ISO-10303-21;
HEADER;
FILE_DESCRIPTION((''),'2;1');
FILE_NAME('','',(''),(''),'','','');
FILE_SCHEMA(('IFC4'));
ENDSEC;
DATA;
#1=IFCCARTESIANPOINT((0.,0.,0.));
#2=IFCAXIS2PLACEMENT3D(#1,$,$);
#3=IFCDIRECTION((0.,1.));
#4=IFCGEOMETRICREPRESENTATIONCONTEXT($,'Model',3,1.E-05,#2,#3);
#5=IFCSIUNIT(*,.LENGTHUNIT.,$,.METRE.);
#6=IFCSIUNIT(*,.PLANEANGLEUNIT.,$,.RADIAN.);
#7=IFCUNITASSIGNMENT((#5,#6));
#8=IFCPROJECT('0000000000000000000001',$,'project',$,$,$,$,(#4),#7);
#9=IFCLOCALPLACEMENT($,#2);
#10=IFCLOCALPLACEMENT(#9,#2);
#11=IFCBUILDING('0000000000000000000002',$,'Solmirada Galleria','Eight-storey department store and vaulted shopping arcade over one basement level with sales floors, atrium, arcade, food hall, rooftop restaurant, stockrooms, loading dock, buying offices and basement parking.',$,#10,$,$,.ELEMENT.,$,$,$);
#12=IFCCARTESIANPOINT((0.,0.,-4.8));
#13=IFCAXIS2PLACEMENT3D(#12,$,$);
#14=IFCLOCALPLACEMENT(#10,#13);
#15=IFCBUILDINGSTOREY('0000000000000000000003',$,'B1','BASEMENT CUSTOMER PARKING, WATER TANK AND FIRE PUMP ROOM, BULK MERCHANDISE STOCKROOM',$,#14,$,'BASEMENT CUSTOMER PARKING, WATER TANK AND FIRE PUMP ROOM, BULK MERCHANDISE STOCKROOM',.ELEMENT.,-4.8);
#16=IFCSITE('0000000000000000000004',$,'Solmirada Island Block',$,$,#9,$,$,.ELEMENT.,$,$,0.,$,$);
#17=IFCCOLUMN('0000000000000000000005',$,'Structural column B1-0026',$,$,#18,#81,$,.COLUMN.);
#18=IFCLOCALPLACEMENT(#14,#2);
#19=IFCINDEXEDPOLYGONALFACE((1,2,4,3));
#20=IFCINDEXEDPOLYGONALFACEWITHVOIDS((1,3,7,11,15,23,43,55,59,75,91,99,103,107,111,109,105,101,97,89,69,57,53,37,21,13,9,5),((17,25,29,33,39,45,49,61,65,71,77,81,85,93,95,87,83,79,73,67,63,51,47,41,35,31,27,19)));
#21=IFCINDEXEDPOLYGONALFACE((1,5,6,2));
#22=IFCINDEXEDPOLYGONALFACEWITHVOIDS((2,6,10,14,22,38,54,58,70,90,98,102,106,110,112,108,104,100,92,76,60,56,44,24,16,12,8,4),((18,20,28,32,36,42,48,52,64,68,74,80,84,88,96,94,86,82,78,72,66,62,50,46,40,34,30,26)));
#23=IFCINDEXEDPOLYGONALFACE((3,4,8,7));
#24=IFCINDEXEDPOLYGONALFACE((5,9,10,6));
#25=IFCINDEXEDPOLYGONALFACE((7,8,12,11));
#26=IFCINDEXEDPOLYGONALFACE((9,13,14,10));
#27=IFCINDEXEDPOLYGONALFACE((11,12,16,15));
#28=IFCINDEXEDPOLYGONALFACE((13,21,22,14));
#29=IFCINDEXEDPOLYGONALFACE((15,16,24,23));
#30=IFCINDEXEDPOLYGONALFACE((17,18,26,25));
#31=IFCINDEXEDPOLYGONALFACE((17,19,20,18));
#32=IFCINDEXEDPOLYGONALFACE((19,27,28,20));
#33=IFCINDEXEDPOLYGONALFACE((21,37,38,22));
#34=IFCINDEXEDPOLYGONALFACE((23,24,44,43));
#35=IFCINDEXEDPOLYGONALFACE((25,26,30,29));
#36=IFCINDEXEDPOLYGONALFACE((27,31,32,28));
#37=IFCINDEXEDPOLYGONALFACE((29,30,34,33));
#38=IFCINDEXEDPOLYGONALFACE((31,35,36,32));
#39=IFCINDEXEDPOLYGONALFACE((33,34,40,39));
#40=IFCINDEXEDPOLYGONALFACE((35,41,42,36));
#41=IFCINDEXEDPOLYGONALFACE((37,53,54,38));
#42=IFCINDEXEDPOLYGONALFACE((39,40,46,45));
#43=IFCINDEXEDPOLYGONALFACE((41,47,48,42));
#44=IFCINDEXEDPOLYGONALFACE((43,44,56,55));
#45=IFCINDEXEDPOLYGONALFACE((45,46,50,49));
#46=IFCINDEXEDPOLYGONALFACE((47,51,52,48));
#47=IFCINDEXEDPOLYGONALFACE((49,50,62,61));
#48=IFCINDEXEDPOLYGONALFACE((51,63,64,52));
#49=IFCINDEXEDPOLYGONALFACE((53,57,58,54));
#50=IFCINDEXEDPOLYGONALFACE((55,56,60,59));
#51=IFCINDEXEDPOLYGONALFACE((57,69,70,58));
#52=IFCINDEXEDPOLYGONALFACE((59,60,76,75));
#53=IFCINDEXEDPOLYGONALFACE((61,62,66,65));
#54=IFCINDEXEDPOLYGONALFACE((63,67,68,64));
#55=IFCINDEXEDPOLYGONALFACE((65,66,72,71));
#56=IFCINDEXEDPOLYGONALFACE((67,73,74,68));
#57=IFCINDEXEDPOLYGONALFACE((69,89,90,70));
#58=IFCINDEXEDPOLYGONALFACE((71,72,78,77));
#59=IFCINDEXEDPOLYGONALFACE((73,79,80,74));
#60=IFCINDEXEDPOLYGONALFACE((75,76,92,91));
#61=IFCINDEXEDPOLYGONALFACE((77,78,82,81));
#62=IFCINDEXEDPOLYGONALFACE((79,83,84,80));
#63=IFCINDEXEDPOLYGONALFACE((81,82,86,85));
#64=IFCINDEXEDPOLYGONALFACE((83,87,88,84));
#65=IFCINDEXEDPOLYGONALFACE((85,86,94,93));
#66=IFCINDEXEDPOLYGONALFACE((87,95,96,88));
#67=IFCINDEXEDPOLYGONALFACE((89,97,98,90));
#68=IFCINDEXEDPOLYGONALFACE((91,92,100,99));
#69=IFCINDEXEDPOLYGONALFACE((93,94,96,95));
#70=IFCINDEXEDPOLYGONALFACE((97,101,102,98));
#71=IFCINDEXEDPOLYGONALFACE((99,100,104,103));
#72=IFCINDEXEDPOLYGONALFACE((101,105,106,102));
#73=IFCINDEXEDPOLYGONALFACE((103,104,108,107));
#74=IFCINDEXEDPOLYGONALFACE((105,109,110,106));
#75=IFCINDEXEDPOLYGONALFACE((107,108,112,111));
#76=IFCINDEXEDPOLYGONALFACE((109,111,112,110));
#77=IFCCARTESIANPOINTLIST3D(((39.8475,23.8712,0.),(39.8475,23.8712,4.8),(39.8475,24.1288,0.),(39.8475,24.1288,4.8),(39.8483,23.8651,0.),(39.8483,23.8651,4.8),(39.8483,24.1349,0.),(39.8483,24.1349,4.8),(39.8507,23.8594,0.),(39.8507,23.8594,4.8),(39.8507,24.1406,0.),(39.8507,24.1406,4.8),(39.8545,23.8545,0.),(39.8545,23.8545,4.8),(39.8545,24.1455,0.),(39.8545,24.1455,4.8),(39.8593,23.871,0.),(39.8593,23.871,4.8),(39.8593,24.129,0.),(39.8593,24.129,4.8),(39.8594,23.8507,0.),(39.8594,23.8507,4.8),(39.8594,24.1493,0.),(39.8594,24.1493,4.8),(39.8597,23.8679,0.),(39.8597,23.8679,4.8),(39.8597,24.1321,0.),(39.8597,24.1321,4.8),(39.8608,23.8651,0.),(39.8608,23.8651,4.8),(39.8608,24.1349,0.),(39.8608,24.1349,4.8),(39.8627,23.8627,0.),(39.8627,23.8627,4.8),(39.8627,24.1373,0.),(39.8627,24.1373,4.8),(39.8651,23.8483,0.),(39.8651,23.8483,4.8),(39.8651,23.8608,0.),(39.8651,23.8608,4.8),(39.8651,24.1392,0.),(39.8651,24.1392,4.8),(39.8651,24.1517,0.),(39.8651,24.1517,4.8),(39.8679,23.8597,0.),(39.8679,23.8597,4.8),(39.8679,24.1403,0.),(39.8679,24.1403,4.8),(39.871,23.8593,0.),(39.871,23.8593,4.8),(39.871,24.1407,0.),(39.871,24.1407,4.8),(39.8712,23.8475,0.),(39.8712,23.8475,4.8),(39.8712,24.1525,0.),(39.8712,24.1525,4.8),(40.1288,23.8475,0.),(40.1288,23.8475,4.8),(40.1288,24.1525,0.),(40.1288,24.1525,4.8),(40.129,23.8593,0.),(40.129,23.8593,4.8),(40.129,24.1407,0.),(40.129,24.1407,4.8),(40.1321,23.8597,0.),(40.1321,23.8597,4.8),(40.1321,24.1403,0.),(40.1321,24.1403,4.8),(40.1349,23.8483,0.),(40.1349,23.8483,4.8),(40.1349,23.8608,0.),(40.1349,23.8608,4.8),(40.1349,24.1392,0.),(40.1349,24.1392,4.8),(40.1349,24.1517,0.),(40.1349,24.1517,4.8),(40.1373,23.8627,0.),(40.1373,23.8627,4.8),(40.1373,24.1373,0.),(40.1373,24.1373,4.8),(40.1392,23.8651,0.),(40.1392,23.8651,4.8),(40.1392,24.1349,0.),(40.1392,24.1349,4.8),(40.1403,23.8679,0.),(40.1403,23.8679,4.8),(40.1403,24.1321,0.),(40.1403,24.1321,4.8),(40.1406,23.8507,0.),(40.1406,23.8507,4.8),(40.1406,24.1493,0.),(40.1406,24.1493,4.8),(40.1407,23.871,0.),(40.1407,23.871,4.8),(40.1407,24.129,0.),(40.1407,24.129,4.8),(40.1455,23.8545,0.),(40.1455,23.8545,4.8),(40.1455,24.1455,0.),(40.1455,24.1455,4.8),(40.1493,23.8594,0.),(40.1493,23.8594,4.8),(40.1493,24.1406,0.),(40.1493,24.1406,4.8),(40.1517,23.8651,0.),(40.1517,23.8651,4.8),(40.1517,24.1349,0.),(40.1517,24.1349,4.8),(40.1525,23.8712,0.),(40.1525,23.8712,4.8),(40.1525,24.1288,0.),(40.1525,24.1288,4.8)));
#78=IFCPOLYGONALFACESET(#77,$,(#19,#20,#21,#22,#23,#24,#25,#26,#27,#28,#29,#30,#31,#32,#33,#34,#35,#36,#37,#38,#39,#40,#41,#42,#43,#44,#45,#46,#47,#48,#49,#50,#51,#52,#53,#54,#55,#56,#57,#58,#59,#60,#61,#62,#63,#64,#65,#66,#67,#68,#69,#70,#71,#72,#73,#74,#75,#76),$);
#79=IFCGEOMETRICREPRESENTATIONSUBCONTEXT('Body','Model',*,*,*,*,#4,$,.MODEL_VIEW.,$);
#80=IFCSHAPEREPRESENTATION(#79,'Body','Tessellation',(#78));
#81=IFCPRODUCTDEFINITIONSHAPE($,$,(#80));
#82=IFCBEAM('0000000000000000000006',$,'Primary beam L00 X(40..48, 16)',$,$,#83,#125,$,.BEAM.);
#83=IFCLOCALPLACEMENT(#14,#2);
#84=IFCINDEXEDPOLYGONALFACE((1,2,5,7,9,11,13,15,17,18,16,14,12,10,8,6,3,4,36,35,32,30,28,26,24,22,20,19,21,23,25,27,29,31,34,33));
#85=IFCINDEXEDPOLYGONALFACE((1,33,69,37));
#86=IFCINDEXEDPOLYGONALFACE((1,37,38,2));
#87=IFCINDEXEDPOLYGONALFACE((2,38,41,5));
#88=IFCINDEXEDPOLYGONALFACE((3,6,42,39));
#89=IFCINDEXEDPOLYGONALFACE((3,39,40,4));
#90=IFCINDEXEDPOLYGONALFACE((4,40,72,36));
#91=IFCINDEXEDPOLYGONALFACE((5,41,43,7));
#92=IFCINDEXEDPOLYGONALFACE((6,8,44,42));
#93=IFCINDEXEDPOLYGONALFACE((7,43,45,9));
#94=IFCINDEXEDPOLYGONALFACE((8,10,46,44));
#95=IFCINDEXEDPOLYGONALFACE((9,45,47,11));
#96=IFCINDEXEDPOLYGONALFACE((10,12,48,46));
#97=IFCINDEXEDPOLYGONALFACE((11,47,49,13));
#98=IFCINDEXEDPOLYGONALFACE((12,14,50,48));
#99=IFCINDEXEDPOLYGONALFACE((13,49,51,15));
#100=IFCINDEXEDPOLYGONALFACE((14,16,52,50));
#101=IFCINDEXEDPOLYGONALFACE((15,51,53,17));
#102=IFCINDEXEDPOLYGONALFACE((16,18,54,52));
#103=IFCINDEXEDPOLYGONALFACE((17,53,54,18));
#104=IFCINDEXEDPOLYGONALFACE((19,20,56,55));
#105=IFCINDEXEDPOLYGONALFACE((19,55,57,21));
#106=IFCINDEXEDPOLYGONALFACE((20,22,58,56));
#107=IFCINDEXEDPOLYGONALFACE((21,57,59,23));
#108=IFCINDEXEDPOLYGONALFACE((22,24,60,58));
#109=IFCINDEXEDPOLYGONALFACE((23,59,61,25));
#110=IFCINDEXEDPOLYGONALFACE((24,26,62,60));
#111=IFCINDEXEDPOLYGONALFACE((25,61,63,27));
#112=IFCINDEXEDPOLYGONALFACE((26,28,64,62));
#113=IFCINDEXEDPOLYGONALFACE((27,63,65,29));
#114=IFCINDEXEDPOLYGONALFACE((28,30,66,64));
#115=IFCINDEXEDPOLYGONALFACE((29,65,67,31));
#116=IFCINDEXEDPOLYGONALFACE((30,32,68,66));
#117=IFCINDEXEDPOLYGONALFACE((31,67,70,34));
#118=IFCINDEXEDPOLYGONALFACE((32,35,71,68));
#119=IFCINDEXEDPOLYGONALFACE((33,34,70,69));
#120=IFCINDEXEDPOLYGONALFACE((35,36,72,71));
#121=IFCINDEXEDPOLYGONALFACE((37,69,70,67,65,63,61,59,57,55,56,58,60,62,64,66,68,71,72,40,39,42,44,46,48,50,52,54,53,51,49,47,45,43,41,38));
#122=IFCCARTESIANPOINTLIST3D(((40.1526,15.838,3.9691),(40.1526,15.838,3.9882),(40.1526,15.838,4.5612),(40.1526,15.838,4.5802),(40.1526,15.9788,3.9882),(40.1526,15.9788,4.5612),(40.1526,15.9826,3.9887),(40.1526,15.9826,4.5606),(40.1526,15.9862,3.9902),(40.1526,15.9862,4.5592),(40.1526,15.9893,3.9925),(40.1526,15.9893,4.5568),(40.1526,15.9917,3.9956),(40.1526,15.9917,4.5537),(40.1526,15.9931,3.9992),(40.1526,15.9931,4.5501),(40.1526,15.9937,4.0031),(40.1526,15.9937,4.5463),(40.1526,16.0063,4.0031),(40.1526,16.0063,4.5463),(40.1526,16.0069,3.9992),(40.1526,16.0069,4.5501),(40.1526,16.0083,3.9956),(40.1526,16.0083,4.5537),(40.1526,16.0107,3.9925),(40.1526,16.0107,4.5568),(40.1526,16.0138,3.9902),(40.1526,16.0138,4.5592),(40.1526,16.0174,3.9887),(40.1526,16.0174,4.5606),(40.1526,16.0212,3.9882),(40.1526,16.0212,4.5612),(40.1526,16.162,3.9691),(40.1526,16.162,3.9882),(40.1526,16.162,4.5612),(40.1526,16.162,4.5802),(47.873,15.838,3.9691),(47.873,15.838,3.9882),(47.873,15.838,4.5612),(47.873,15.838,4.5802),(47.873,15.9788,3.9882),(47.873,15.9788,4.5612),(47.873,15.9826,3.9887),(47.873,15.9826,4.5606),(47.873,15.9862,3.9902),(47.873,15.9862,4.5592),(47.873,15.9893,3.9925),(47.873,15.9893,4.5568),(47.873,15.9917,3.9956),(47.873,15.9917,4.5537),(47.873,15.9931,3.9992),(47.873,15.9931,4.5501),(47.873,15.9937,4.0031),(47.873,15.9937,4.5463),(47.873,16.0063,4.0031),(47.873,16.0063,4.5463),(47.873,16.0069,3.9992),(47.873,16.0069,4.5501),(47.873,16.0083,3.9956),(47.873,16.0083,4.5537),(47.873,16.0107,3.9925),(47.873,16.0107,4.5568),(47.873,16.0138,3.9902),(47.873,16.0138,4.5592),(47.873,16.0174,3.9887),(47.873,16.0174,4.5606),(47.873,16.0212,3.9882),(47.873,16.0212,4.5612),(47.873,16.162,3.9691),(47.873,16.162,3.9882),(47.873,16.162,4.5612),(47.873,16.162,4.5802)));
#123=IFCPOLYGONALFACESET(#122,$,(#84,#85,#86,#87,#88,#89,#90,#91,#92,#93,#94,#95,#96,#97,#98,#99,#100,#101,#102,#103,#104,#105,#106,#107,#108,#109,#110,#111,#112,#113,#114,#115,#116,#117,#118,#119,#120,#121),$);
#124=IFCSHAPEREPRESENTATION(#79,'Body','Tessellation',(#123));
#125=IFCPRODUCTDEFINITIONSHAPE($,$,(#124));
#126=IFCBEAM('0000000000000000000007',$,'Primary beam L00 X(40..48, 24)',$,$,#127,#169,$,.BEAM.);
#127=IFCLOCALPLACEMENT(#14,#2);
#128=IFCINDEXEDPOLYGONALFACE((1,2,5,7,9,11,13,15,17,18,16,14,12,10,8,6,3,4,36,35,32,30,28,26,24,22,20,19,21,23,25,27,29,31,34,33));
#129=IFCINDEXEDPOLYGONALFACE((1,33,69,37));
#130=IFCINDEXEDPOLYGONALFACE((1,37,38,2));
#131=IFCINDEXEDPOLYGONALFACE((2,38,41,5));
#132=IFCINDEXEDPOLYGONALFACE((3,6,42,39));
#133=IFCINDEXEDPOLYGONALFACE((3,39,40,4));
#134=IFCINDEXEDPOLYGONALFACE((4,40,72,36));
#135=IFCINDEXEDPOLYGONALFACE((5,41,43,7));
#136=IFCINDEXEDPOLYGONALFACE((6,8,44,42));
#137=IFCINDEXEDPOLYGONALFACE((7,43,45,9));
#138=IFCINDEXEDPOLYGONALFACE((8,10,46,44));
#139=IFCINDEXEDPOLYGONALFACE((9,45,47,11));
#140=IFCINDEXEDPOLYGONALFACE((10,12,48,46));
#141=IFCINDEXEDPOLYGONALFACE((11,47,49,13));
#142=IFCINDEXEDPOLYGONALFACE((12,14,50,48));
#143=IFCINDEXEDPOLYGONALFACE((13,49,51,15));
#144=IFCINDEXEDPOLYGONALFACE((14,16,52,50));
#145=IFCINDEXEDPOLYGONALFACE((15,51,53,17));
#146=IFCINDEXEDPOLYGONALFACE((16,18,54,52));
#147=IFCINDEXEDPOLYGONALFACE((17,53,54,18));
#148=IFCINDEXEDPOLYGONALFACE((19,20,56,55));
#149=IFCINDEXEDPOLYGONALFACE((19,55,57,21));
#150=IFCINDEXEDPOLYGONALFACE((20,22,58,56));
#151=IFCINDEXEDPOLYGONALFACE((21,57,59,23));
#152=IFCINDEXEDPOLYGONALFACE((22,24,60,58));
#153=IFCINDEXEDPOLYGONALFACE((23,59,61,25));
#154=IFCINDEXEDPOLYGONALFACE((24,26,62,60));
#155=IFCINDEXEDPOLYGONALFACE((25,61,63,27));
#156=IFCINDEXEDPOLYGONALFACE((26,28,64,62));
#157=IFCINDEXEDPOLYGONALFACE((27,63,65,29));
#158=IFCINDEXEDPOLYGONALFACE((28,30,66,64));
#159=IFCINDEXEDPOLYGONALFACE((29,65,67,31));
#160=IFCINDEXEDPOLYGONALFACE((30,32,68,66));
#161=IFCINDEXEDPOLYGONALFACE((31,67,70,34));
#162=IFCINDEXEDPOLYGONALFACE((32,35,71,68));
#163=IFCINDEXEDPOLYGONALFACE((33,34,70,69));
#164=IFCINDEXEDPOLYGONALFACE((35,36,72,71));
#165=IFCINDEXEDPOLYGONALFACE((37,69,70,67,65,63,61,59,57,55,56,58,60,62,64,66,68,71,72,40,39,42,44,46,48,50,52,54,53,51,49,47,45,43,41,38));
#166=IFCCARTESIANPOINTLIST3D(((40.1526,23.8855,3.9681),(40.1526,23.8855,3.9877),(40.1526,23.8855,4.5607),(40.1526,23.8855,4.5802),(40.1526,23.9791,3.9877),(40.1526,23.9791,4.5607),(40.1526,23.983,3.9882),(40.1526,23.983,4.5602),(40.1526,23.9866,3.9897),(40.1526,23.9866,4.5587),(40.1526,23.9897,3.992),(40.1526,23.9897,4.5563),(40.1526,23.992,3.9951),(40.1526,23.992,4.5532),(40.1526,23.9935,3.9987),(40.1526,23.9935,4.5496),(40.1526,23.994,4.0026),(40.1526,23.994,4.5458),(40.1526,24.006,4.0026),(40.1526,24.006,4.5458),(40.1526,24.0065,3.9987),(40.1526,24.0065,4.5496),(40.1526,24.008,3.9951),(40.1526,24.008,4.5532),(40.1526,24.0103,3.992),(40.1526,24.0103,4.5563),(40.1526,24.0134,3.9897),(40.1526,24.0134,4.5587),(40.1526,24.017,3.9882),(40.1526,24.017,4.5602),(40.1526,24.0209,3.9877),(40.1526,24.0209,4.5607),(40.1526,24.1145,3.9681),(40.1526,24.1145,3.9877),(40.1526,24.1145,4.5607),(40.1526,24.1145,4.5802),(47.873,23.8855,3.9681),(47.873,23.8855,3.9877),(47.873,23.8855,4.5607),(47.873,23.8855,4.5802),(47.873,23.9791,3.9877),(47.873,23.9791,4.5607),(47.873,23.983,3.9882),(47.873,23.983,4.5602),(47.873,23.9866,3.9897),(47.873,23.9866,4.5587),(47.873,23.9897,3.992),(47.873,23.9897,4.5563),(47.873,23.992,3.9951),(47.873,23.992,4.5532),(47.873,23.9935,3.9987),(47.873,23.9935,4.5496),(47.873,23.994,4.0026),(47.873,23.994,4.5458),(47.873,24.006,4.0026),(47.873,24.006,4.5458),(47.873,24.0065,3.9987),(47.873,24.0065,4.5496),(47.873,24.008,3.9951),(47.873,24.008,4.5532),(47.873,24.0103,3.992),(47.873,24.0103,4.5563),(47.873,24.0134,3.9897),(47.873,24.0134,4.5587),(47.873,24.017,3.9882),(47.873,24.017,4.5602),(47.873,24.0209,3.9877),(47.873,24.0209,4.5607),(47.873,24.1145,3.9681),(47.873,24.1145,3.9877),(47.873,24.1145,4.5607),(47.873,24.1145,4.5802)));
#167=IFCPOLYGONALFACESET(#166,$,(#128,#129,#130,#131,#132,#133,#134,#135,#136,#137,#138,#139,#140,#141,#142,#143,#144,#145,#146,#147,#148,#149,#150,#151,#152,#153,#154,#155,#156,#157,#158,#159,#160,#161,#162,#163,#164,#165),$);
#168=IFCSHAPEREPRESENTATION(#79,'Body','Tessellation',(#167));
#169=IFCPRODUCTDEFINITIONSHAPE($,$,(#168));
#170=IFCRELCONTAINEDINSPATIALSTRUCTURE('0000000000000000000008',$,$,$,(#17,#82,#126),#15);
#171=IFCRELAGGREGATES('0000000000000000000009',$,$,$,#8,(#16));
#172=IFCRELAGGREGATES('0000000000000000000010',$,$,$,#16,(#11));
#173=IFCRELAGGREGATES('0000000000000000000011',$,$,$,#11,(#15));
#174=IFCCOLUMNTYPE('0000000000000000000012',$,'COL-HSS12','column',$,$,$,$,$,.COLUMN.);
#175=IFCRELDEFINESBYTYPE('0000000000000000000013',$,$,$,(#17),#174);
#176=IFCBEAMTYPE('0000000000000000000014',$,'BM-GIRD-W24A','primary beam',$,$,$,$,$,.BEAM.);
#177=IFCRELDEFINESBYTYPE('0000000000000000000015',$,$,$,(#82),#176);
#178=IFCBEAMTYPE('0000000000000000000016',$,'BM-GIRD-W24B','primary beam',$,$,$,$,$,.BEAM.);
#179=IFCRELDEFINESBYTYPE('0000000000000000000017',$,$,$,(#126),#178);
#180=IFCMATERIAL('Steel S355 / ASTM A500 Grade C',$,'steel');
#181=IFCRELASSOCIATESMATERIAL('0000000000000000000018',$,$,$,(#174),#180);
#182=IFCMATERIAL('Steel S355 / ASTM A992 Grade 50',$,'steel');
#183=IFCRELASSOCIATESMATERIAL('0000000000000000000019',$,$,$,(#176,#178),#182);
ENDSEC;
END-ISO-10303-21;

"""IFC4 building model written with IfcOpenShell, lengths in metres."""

from ifc_helpers import new_model, si_unit, direction, frame, origin, origin_2d, place, context, subcontext, project, spatial, hollow_rectangle, i_section, extrude, material, material_profile, profile_set, type_object, element, save


model = new_model("IFC4")

# Units and contexts
model_context = context("Model", 3, precision=1e-05, world=origin(), true_north=direction((0.0, 1.0)))
body_context = subcontext(model_context, "Body", "Model", "MODEL_VIEW")
ifc_project = project(units=[si_unit("LENGTHUNIT", "METRE"), si_unit("PLANEANGLEUNIT", "RADIAN")], contexts=[model_context])

# Site, building, storey
site_placement = place(None, origin())
site = spatial("IfcSite", under=ifc_project, at=site_placement, Name="Solmirada Island Block", CompositionType="ELEMENT", RefElevation=0.0)
building_placement = place(site_placement, origin())
building = spatial("IfcBuilding", under=site, at=building_placement, Name="Solmirada Galleria", Description="Eight-storey department store and vaulted shopping arcade over one basement level with sales floors, atrium, arcade, food hall, rooftop restaurant, stockrooms, loading dock, buying offices and basement parking.", CompositionType="ELEMENT")
storey_placement = place(building_placement, frame((0.0, 0.0, -4.8)))
storey = spatial("IfcBuildingStorey", under=building, at=storey_placement, Name="B1", Description="BASEMENT CUSTOMER PARKING, WATER TANK AND FIRE PUMP ROOM, BULK MERCHANDISE STOCKROOM", LongName="BASEMENT CUSTOMER PARKING, WATER TANK AND FIRE PUMP ROOM, BULK MERCHANDISE STOCKROOM", CompositionType="ELEMENT", Elevation=-4.8)

# Column
ifc_material_1 = material(Name="Steel S355 / ASTM A500 Grade C", Category="steel")
ifc_material_profile_1 = material_profile(ifc_material_1, hollow_rectangle(XDim=0.3049, YDim=0.3049, WallThickness=0.0117, InnerFilletRadius=0.0117, OuterFilletRadius=0.0237, at=origin_2d()), Name="HSS12X12X1/2")
ifc_profile_set_1 = profile_set([ifc_material_profile_1], Name="Steel S355 / ASTM A500 Grade C")
column_type = type_object("IfcColumnType", Name="COL-HSS12", Description="column", PredefinedType="COLUMN", material=ifc_profile_set_1)
column_placement = place(storey_placement, frame((40.0, 24.0, 0.0), z_axis=(0.0, 0.0, 1.0), x_axis=(1.0, 0.0, 0.0)))
element("IfcColumn", 1, at=column_placement, inside=storey, type_object=column_type, Name="Structural column B1-0026", PredefinedType="COLUMN", context=body_context, shape_type="SweptSolid", body=[
    extrude(hollow_rectangle(XDim=0.3049, YDim=0.3049, WallThickness=0.0117, InnerFilletRadius=0.0117, OuterFilletRadius=0.0237, at=origin_2d()), origin(), (0.0, 0.0, 1.0), 4.8),
])

# Beams
ifc_material_2 = material(Name="Steel S355 / ASTM A992 Grade 50", Category="steel")
ifc_material_profile_2 = material_profile(ifc_material_2, i_section(OverallWidth=0.324, OverallDepth=0.6111, WebThickness=0.0127, FlangeThickness=0.019, FilletRadius=0.0149, at=origin_2d()), Name="W24X104")
ifc_profile_set_2 = profile_set([ifc_material_profile_2], Name="Steel S355 / ASTM A992 Grade 50")
beam_type_1 = type_object("IfcBeamType", Name="BM-GIRD-W24A", Description="primary beam", PredefinedType="BEAM", material=ifc_profile_set_2)
beam_1_placement = place(storey_placement, frame((40.1526, 16.0, 4.2747), z_axis=(1.0, 0.0, 0.0), x_axis=(0.0, 1.0, 0.0)))
element("IfcBeam", 2, at=beam_1_placement, inside=storey, type_object=beam_type_1, Name="Primary beam L00 X(40..48, 16)", PredefinedType="BEAM", context=body_context, shape_type="SweptSolid", body=[
    extrude(i_section(OverallWidth=0.324, OverallDepth=0.6111, WebThickness=0.0127, FlangeThickness=0.019, FilletRadius=0.0149, at=origin_2d()), origin(), (0.0, 0.0, 1.0), 7.7205),
])
ifc_material_profile_3 = material_profile(ifc_material_2, i_section(OverallWidth=0.229, OverallDepth=0.6121, WebThickness=0.012, FlangeThickness=0.0195, FilletRadius=0.0149, at=origin_2d()), Name="W24X84")
ifc_profile_set_3 = profile_set([ifc_material_profile_3], Name="Steel S355 / ASTM A992 Grade 50")
beam_type_2 = type_object("IfcBeamType", Name="BM-GIRD-W24B", Description="primary beam", PredefinedType="BEAM", material=ifc_profile_set_3)
beam_2_placement = place(storey_placement, frame((40.1526, 24.0, 4.2742), z_axis=(1.0, 0.0, 0.0), x_axis=(0.0, 1.0, 0.0)))
element("IfcBeam", 3, at=beam_2_placement, inside=storey, type_object=beam_type_2, Name="Primary beam L00 X(40..48, 24)", PredefinedType="BEAM", context=body_context, shape_type="SweptSolid", body=[
    extrude(i_section(OverallWidth=0.229, OverallDepth=0.6121, WebThickness=0.012, FlangeThickness=0.0195, FilletRadius=0.0149, at=origin_2d()), origin(), (0.0, 0.0, 1.0), 7.7205),
])

save(model, "model.ifc")
